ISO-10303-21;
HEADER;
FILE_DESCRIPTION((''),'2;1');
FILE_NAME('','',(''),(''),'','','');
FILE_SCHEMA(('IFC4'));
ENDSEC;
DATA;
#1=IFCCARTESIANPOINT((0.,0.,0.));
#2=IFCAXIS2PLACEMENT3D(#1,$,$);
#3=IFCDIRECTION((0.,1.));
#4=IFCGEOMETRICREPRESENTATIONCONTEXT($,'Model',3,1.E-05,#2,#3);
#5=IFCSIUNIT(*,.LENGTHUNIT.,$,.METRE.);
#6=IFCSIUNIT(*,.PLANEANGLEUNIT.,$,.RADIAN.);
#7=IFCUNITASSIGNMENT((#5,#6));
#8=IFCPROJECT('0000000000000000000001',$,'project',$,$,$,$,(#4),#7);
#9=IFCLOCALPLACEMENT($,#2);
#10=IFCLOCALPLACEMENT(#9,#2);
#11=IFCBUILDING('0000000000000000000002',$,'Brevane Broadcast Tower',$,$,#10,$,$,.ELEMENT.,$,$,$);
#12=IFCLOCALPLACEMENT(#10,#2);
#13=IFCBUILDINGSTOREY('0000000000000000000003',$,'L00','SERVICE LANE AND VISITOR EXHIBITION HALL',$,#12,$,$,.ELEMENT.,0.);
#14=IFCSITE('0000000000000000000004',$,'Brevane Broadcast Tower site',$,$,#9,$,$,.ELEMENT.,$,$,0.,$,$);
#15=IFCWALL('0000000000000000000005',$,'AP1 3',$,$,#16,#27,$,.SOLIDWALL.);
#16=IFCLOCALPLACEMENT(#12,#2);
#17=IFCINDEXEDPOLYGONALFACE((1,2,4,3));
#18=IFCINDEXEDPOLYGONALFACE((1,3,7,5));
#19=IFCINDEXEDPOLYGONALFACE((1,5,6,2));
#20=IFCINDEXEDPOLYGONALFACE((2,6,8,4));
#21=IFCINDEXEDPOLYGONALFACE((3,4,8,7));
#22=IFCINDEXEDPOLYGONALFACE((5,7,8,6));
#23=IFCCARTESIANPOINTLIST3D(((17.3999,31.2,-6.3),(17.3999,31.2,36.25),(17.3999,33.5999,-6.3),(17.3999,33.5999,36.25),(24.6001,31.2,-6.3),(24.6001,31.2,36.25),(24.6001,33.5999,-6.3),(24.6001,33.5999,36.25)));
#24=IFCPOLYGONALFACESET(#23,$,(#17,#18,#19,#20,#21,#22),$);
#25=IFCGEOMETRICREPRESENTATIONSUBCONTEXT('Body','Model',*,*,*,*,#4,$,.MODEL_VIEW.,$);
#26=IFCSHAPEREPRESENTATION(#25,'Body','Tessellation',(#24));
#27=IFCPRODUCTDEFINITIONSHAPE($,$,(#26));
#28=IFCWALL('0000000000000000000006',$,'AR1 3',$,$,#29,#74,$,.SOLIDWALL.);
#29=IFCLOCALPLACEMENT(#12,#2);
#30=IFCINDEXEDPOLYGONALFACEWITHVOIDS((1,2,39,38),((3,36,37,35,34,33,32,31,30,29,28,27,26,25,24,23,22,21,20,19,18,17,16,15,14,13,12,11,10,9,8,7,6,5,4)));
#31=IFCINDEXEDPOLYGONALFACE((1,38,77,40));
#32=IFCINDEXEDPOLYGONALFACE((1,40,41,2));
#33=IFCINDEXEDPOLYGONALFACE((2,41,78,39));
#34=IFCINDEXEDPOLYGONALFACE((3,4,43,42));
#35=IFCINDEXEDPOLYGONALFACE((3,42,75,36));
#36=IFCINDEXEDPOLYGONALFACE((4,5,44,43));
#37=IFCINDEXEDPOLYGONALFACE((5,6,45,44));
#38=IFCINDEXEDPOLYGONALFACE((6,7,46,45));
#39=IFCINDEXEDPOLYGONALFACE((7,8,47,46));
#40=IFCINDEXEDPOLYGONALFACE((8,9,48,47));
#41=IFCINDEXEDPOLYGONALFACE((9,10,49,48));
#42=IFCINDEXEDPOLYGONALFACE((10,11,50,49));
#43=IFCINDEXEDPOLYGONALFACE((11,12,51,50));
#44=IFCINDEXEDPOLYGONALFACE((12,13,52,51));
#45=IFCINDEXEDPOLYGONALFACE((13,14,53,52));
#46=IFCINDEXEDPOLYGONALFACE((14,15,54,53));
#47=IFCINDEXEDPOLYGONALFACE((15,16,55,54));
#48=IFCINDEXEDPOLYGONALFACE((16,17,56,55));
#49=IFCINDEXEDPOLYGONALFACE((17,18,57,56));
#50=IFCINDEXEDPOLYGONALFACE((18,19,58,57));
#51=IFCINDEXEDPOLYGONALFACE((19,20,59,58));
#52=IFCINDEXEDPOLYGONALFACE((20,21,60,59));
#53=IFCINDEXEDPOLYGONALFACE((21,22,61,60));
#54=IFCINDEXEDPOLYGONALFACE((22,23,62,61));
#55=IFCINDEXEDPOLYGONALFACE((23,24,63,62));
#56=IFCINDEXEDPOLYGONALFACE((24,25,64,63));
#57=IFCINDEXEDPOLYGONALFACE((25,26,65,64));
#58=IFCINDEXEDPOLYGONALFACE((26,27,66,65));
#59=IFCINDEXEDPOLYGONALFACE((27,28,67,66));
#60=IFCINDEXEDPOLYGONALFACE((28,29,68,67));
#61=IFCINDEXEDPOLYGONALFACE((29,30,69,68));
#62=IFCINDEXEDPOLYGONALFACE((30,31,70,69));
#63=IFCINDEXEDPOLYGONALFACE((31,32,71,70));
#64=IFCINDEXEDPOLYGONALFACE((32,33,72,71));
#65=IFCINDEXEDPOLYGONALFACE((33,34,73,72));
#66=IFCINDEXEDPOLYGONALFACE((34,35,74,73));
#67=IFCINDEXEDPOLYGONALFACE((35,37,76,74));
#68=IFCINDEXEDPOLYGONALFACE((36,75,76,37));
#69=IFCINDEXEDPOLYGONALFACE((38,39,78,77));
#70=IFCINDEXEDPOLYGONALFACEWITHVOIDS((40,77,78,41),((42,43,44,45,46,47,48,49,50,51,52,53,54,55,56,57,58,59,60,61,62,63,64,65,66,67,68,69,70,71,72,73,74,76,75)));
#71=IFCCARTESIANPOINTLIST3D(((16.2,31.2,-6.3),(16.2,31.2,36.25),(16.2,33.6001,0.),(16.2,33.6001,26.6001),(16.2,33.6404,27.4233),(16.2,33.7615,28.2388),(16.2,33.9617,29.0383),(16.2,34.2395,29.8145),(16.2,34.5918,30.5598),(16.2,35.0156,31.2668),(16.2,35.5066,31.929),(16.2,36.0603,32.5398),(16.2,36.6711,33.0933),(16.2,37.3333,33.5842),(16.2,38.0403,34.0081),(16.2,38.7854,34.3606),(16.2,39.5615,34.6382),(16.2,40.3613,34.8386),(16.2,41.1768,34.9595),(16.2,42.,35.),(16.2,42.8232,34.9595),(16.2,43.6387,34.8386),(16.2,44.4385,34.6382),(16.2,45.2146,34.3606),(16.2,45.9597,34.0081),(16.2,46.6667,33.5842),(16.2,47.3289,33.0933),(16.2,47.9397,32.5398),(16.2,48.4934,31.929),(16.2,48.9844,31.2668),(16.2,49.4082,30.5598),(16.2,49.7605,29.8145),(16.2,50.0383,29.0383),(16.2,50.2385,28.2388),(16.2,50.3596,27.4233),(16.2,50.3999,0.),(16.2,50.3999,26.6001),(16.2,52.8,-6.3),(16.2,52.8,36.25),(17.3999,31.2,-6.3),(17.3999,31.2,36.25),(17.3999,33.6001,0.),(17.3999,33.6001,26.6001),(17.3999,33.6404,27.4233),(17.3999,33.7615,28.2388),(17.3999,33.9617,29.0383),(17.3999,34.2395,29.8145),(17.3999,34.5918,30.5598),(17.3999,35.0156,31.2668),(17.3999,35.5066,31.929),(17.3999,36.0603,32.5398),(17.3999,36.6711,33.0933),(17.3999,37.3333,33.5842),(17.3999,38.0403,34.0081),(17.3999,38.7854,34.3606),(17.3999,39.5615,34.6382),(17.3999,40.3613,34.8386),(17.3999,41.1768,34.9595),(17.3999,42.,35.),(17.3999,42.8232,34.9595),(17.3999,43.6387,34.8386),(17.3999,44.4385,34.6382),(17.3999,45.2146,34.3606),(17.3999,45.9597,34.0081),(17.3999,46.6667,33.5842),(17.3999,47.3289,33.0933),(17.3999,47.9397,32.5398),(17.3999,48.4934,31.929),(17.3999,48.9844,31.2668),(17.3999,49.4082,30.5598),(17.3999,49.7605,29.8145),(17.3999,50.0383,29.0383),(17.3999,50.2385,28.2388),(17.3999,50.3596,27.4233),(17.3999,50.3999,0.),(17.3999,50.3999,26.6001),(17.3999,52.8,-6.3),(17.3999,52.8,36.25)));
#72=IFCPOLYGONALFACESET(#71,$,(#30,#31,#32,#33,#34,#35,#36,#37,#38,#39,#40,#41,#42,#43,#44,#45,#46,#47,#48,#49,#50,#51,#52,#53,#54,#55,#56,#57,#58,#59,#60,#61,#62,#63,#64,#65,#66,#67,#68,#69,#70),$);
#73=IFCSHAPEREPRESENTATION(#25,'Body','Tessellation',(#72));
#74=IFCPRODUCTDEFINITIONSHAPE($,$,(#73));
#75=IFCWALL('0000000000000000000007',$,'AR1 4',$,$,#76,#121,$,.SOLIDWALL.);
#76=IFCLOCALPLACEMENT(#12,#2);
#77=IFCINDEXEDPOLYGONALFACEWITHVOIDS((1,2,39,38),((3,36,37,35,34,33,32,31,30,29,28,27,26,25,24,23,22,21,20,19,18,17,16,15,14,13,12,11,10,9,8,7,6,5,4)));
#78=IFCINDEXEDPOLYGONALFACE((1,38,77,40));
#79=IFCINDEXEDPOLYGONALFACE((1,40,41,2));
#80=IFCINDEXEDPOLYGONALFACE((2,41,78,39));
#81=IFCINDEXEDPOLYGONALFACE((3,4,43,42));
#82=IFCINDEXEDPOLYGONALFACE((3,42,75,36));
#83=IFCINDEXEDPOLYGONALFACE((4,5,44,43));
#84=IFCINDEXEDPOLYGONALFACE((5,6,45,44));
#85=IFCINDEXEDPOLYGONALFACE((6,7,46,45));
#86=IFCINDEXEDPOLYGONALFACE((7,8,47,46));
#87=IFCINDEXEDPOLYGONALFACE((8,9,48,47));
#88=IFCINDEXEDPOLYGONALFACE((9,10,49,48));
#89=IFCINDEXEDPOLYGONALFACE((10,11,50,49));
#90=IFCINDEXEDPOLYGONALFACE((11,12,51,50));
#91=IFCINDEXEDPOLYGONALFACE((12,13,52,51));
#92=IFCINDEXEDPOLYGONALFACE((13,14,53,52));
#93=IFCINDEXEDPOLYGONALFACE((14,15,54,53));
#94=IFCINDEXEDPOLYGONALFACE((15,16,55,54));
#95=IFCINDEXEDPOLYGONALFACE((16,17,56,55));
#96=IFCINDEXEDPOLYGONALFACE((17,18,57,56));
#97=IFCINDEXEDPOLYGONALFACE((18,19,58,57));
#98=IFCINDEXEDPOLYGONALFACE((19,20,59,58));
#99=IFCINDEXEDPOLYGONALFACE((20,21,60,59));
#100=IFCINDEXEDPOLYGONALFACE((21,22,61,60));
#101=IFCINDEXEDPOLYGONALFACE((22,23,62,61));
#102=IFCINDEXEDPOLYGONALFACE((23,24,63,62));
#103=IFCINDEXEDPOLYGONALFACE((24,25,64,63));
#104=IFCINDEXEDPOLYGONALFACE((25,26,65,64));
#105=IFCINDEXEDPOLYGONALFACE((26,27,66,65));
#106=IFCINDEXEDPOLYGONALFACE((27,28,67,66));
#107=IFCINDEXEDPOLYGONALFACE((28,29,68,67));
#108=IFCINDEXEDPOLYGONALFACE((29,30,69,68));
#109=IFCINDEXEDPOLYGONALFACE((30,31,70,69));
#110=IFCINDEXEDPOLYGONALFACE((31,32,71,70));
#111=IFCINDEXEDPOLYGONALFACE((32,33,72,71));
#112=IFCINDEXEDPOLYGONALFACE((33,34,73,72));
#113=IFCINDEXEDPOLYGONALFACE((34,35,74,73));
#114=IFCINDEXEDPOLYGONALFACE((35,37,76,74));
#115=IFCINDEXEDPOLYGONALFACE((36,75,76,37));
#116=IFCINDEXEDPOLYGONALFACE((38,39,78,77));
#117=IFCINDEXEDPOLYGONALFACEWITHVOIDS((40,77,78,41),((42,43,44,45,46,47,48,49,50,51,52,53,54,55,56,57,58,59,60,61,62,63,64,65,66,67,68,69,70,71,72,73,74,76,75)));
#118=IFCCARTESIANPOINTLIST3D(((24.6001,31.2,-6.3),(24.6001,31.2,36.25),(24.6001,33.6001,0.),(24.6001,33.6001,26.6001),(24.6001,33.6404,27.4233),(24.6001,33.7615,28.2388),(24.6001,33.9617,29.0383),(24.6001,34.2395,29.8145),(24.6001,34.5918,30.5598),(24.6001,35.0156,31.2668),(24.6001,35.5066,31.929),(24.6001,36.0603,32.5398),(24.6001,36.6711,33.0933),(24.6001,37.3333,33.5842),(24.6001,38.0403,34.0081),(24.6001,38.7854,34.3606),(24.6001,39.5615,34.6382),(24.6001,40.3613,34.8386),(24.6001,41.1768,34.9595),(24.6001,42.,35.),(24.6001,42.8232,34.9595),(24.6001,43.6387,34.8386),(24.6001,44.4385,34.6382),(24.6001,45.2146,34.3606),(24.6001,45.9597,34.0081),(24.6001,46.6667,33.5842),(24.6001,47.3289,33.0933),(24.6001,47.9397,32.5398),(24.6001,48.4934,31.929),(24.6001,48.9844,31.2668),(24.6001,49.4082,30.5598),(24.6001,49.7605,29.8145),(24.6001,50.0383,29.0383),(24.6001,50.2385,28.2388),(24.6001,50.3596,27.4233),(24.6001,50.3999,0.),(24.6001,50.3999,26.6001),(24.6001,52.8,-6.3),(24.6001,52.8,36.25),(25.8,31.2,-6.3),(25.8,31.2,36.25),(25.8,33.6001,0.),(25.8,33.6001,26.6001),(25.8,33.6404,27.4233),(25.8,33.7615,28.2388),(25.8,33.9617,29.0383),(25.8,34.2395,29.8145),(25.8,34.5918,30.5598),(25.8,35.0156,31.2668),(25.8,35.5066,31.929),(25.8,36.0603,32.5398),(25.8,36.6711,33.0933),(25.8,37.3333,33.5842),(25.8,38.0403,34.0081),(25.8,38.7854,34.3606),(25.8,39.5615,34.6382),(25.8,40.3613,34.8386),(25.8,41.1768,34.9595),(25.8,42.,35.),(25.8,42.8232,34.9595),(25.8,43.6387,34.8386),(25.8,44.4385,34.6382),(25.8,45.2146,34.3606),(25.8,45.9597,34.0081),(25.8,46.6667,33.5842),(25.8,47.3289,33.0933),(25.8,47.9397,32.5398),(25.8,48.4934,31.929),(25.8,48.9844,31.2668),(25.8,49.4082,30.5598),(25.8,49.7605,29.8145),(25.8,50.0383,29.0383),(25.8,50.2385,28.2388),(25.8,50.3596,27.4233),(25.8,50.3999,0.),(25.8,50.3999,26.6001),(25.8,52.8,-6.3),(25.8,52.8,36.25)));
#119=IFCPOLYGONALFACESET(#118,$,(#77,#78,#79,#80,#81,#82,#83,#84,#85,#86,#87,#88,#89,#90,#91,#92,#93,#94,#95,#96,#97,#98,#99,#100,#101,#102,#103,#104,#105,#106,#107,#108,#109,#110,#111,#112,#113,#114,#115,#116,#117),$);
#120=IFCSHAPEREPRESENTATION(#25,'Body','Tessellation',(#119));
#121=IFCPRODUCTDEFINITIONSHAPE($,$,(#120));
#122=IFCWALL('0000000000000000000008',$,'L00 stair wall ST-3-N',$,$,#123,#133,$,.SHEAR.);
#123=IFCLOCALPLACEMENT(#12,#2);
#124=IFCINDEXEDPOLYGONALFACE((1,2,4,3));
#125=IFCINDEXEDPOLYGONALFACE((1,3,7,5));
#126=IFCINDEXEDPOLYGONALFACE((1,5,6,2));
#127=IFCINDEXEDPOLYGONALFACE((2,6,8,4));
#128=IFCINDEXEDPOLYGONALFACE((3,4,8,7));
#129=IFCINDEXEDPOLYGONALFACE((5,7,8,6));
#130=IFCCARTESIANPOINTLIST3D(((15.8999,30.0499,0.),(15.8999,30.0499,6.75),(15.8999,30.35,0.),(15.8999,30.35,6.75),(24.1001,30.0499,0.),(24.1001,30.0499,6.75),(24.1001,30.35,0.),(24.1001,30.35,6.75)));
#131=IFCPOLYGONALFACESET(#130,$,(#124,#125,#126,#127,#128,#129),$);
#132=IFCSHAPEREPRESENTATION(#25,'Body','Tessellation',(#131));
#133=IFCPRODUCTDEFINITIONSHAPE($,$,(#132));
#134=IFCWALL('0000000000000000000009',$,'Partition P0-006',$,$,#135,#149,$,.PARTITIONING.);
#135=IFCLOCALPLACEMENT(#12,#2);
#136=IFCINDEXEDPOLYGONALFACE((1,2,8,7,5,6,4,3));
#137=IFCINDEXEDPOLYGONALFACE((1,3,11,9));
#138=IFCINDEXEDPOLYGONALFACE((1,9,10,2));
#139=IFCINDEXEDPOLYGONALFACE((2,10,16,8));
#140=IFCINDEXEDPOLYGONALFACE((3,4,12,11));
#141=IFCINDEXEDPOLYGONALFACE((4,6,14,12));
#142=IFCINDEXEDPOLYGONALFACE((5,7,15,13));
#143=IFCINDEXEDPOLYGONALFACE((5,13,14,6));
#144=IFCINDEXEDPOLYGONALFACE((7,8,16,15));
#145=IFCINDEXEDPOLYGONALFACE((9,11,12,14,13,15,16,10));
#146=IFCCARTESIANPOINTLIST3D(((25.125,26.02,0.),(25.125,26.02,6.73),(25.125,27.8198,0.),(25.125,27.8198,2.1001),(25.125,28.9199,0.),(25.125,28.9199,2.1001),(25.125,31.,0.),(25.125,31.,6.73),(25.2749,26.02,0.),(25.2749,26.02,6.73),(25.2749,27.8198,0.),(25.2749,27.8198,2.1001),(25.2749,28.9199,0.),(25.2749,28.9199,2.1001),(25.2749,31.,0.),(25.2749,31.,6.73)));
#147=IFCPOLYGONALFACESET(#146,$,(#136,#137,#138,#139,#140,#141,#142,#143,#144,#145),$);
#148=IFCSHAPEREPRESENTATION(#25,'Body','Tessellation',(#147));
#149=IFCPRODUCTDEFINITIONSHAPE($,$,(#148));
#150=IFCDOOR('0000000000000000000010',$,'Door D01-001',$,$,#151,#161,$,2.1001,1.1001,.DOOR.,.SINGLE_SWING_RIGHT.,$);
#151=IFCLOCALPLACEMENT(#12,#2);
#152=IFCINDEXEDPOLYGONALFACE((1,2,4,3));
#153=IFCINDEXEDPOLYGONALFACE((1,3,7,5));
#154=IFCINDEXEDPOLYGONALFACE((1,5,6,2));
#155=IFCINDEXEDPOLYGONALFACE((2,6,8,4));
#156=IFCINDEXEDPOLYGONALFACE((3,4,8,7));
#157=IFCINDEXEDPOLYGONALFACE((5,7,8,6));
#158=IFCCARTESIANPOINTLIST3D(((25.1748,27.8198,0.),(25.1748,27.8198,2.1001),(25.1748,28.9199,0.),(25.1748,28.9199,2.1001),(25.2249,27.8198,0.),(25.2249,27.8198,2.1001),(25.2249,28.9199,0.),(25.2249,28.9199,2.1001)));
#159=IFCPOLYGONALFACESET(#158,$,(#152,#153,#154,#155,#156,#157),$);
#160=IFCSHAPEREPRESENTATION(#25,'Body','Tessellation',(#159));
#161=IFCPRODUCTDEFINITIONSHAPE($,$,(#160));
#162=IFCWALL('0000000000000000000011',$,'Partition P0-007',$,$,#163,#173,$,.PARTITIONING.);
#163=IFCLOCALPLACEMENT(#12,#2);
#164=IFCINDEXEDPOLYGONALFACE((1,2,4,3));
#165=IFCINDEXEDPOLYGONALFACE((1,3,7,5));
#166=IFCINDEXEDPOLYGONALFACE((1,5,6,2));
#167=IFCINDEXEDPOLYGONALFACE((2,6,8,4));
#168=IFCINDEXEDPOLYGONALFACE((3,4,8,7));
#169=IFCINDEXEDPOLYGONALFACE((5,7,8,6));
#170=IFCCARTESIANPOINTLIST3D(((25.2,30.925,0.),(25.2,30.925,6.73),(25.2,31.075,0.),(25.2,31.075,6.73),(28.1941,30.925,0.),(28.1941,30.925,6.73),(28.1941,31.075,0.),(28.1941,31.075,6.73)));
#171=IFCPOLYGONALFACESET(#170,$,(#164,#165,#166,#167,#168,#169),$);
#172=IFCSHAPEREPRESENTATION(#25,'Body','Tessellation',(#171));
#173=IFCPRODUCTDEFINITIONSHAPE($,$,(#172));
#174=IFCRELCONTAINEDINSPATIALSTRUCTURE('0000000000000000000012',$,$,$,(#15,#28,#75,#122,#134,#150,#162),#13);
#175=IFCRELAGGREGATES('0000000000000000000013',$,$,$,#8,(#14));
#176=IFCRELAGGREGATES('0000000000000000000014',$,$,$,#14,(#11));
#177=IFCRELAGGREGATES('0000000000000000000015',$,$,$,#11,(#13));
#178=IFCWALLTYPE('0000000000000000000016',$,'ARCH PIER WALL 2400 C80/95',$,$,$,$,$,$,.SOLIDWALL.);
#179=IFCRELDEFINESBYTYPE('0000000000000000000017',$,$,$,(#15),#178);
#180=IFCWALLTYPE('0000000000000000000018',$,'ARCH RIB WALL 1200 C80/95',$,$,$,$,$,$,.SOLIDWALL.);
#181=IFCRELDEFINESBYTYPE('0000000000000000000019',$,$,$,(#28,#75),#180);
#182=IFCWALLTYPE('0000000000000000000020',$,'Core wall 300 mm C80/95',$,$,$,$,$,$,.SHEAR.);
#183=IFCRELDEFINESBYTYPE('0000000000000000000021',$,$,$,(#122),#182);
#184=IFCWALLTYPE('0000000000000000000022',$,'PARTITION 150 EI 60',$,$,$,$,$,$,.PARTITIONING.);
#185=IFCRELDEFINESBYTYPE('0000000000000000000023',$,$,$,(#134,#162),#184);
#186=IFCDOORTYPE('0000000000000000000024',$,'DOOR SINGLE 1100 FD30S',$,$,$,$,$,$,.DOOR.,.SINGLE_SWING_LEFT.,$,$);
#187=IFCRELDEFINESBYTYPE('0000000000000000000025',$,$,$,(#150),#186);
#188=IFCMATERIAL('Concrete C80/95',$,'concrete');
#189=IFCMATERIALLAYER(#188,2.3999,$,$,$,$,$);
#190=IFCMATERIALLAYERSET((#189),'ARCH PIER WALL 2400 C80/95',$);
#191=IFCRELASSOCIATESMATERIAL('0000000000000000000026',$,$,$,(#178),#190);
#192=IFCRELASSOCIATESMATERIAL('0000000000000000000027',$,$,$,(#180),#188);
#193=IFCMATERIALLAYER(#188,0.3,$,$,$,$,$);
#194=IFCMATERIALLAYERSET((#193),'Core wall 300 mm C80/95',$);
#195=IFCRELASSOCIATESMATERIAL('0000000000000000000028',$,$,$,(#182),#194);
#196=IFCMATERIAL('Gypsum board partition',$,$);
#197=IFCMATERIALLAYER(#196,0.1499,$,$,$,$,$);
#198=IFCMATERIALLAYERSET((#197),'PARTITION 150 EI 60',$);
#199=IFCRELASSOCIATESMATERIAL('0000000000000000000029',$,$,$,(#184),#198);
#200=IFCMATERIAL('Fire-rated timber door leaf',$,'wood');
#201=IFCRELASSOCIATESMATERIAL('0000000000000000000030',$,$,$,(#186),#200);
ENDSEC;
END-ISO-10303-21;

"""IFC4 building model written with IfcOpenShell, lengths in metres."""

from ifc_helpers import new_model, si_unit, direction, frame, frame_2d, origin, place, context, subcontext, project, spatial, polyline, rectangle, outline, extrude, material, layer, layer_set, material_profile, profile_set, type_object, element, fill, save


model = new_model("IFC4")

# Units and contexts
model_context = context("Model", 3, precision=1e-05, world=origin(), true_north=direction((0.0, 1.0)))
body_context = subcontext(model_context, "Body", "Model", "MODEL_VIEW")
ifc_project = project(units=[si_unit("LENGTHUNIT", "METRE"), si_unit("PLANEANGLEUNIT", "RADIAN")], contexts=[model_context])

# Site, building, storey
site_placement = place(None, origin())
site = spatial("IfcSite", under=ifc_project, at=site_placement, Name="Brevane Broadcast Tower site", CompositionType="ELEMENT", RefElevation=0.0)
building_placement = place(site_placement, origin())
building = spatial("IfcBuilding", under=site, at=building_placement, Name="Brevane Broadcast Tower", CompositionType="ELEMENT")
storey_placement = place(building_placement, origin())
storey = spatial("IfcBuildingStorey", under=building, at=storey_placement, Name="L00", Description="SERVICE LANE AND VISITOR EXHIBITION HALL", CompositionType="ELEMENT", Elevation=0.0)

# Walls
ifc_material_1 = material(Name="Concrete C80/95", Category="concrete")
ifc_layer_1 = layer(ifc_material_1, 2.3999)
ifc_layer_set_1 = layer_set([ifc_layer_1], Name="ARCH PIER WALL 2400 C80/95")
wall_type_1 = type_object("IfcWallType", Name="ARCH PIER WALL 2400 C80/95", PredefinedType="SOLIDWALL", material=ifc_layer_set_1)
wall_1_placement = place(storey_placement, frame((17.3999, 32.3999, -6.3), z_axis=(0.0, 0.0, 1.0), x_axis=(1.0, 0.0, 0.0)))
element("IfcWall", 1, at=wall_1_placement, inside=storey, type_object=wall_type_1, Name="AP1 3", PredefinedType="SOLIDWALL", context=body_context, shape_type="SweptSolid", body=[
    extrude(rectangle(XDim=7.2002, YDim=2.3999, at=frame_2d((3.6001, 0.0))), origin(), (0.0, 0.0, 1.0), 42.55),
])
ifc_material_profile = material_profile(ifc_material_1, outline(polyline([(-10.8, -6.3), (10.8, -6.3), (10.8, 36.25), (-10.8, 36.25), (-10.8, -6.3)]), holes=[polyline([(-8.3999, 0.0), (-8.3999, 26.6001), (-8.3596, 27.4233), (-8.2385, 28.2388), (-8.0383, 29.0383), (-7.7605, 29.8145), (-7.4082, 30.5598), (-6.9844, 31.2668), (-6.4934, 31.929), (-5.9397, 32.5398), (-5.3289, 33.0933), (-4.6667, 33.5842), (-3.9597, 34.0081), (-3.2146, 34.3606), (-2.4385, 34.6382), (-1.6387, 34.8386), (-0.8232, 34.9595), (0.0, 35.0), (0.8232, 34.9595), (1.6387, 34.8386), (2.4385, 34.6382), (3.2146, 34.3606), (3.9597, 34.0081), (4.6667, 33.5842), (5.3289, 33.0933), (5.9397, 32.5398), (6.4934, 31.929), (6.9844, 31.2668), (7.4082, 30.5598), (7.7605, 29.8145), (8.0383, 29.0383), (8.2385, 28.2388), (8.3596, 27.4233), (8.3999, 26.6001), (8.3999, 0.0), (-8.3999, 0.0)])]), Name="ARCH RIB")
ifc_profile_set = profile_set([ifc_material_profile], Name="Concrete C80/95")
wall_type_2 = type_object("IfcWallType", Name="ARCH RIB WALL 1200 C80/95", PredefinedType="SOLIDWALL", material=ifc_profile_set)
for number, where, z_axis, x_axis, name in (
    (2, (16.2, 42.0, 0.0), (1.0, 0.0, 0.0), (0.0, 1.0, 0.0), "AR1 3"),
    (3, (24.6001, 42.0, 0.0), (1.0, 0.0, 0.0), (0.0, 1.0, 0.0), "AR1 4"),
):
    element("IfcWall", number, at=place(storey_placement, frame(where, z_axis=z_axis, x_axis=x_axis)), inside=storey, type_object=wall_type_2, Name=name, PredefinedType="SOLIDWALL", context=body_context, shape_type="SweptSolid", body=[
        extrude(outline(polyline([(-10.8, -6.3), (10.8, -6.3), (10.8, 36.25), (-10.8, 36.25), (-10.8, -6.3)]), holes=[polyline([(-8.3999, 0.0), (-8.3999, 26.6001), (-8.3596, 27.4233), (-8.2385, 28.2388), (-8.0383, 29.0383), (-7.7605, 29.8145), (-7.4082, 30.5598), (-6.9844, 31.2668), (-6.4934, 31.929), (-5.9397, 32.5398), (-5.3289, 33.0933), (-4.6667, 33.5842), (-3.9597, 34.0081), (-3.2146, 34.3606), (-2.4385, 34.6382), (-1.6387, 34.8386), (-0.8232, 34.9595), (0.0, 35.0), (0.8232, 34.9595), (1.6387, 34.8386), (2.4385, 34.6382), (3.2146, 34.3606), (3.9597, 34.0081), (4.6667, 33.5842), (5.3289, 33.0933), (5.9397, 32.5398), (6.4934, 31.929), (6.9844, 31.2668), (7.4082, 30.5598), (7.7605, 29.8145), (8.0383, 29.0383), (8.2385, 28.2388), (8.3596, 27.4233), (8.3999, 26.6001), (8.3999, 0.0), (-8.3999, 0.0)])]), origin(), (0.0, 0.0, 1.0), 1.2),
    ])
ifc_layer_2 = layer(ifc_material_1, 0.3)
ifc_layer_set_2 = layer_set([ifc_layer_2], Name="Core wall 300 mm C80/95")
wall_type_3 = type_object("IfcWallType", Name="Core wall 300 mm C80/95", PredefinedType="SHEAR", material=ifc_layer_set_2)
wall_2_placement = place(storey_placement, frame((15.8999, 30.2, 0.0), z_axis=(0.0, 0.0, 1.0), x_axis=(1.0, 0.0, 0.0)))
element("IfcWall", 4, at=wall_2_placement, inside=storey, type_object=wall_type_3, Name="L00 stair wall ST-3-N", PredefinedType="SHEAR", context=body_context, shape_type="SweptSolid", body=[
    extrude(rectangle(XDim=8.2002, YDim=0.3, at=frame_2d((4.1001, 0.0))), origin(), (0.0, 0.0, 1.0), 6.75),
])

# Wall, opening, door
ifc_material_2 = material(Name="Gypsum board partition")
ifc_layer_3 = layer(ifc_material_2, 0.1499)
ifc_layer_set_3 = layer_set([ifc_layer_3], Name="PARTITION 150 EI 60")
wall_type_4 = type_object("IfcWallType", Name="PARTITION 150 EI 60", PredefinedType="PARTITIONING", material=ifc_layer_set_3)
wall_3_placement = place(storey_placement, frame((25.2, 31.0, 0.0), z_axis=(0.0, 0.0, 1.0), x_axis=(0.0, -1.0, 0.0)))
wall_3 = element("IfcWall", 5, at=wall_3_placement, inside=storey, type_object=wall_type_4, Name="Partition P0-006", PredefinedType="PARTITIONING", context=body_context, shape_type="SweptSolid", body=[
    extrude(rectangle(XDim=4.98, YDim=0.1499, at=frame_2d((2.49, 0.0))), origin(), (0.0, 0.0, 1.0), 6.73),
])
opening_placement = place(wall_3_placement, frame((2.0801, 0.0, 0.0)))
opening = element("IfcOpeningElement", 6, at=opening_placement, cuts=wall_3, PredefinedType="OPENING", context=body_context, shape_type="SweptSolid", body=[
    extrude(rectangle(XDim=1.1001, YDim=2.1001, at=frame_2d((0.55, 1.05))), frame((0.0, 0.085, 0.0), z_axis=(0.0, -1.0, 0.0), x_axis=(1.0, 0.0, 0.0)), (0.0, 0.0, 1.0), 0.1699),
])
ifc_material_3 = material(Name="Fire-rated timber door leaf", Category="wood")
door_type = type_object("IfcDoorType", Name="DOOR SINGLE 1100 FD30S", OperationType="SINGLE_SWING_LEFT", PredefinedType="DOOR", material=ifc_material_3)
door_placement = place(opening_placement, origin())
door = element("IfcDoor", 7, at=door_placement, inside=storey, type_object=door_type, Name="Door D01-001", OperationType="SINGLE_SWING_RIGHT", OverallHeight=2.1001, OverallWidth=1.1001, PredefinedType="DOOR", context=body_context, shape_type="SweptSolid", body=[
    extrude(rectangle(XDim=1.1001, YDim=2.1001, at=frame_2d((0.55, 1.05))), frame((0.0, 0.0249, 0.0), z_axis=(0.0, -1.0, 0.0), x_axis=(1.0, 0.0, 0.0)), (0.0, 0.0, 1.0), 0.05),
])
fill(opening, door)

# Wall
wall_4_placement = place(storey_placement, frame((25.2, 31.0, 0.0), z_axis=(0.0, 0.0, 1.0), x_axis=(1.0, 0.0, 0.0)))
element("IfcWall", 8, at=wall_4_placement, inside=storey, type_object=wall_type_4, Name="Partition P0-007", PredefinedType="PARTITIONING", context=body_context, shape_type="SweptSolid", body=[
    extrude(rectangle(XDim=2.9941, YDim=0.1499, at=frame_2d((1.4971, 0.0))), origin(), (0.0, 0.0, 1.0), 6.73),
])

save(model, "model.ifc")
